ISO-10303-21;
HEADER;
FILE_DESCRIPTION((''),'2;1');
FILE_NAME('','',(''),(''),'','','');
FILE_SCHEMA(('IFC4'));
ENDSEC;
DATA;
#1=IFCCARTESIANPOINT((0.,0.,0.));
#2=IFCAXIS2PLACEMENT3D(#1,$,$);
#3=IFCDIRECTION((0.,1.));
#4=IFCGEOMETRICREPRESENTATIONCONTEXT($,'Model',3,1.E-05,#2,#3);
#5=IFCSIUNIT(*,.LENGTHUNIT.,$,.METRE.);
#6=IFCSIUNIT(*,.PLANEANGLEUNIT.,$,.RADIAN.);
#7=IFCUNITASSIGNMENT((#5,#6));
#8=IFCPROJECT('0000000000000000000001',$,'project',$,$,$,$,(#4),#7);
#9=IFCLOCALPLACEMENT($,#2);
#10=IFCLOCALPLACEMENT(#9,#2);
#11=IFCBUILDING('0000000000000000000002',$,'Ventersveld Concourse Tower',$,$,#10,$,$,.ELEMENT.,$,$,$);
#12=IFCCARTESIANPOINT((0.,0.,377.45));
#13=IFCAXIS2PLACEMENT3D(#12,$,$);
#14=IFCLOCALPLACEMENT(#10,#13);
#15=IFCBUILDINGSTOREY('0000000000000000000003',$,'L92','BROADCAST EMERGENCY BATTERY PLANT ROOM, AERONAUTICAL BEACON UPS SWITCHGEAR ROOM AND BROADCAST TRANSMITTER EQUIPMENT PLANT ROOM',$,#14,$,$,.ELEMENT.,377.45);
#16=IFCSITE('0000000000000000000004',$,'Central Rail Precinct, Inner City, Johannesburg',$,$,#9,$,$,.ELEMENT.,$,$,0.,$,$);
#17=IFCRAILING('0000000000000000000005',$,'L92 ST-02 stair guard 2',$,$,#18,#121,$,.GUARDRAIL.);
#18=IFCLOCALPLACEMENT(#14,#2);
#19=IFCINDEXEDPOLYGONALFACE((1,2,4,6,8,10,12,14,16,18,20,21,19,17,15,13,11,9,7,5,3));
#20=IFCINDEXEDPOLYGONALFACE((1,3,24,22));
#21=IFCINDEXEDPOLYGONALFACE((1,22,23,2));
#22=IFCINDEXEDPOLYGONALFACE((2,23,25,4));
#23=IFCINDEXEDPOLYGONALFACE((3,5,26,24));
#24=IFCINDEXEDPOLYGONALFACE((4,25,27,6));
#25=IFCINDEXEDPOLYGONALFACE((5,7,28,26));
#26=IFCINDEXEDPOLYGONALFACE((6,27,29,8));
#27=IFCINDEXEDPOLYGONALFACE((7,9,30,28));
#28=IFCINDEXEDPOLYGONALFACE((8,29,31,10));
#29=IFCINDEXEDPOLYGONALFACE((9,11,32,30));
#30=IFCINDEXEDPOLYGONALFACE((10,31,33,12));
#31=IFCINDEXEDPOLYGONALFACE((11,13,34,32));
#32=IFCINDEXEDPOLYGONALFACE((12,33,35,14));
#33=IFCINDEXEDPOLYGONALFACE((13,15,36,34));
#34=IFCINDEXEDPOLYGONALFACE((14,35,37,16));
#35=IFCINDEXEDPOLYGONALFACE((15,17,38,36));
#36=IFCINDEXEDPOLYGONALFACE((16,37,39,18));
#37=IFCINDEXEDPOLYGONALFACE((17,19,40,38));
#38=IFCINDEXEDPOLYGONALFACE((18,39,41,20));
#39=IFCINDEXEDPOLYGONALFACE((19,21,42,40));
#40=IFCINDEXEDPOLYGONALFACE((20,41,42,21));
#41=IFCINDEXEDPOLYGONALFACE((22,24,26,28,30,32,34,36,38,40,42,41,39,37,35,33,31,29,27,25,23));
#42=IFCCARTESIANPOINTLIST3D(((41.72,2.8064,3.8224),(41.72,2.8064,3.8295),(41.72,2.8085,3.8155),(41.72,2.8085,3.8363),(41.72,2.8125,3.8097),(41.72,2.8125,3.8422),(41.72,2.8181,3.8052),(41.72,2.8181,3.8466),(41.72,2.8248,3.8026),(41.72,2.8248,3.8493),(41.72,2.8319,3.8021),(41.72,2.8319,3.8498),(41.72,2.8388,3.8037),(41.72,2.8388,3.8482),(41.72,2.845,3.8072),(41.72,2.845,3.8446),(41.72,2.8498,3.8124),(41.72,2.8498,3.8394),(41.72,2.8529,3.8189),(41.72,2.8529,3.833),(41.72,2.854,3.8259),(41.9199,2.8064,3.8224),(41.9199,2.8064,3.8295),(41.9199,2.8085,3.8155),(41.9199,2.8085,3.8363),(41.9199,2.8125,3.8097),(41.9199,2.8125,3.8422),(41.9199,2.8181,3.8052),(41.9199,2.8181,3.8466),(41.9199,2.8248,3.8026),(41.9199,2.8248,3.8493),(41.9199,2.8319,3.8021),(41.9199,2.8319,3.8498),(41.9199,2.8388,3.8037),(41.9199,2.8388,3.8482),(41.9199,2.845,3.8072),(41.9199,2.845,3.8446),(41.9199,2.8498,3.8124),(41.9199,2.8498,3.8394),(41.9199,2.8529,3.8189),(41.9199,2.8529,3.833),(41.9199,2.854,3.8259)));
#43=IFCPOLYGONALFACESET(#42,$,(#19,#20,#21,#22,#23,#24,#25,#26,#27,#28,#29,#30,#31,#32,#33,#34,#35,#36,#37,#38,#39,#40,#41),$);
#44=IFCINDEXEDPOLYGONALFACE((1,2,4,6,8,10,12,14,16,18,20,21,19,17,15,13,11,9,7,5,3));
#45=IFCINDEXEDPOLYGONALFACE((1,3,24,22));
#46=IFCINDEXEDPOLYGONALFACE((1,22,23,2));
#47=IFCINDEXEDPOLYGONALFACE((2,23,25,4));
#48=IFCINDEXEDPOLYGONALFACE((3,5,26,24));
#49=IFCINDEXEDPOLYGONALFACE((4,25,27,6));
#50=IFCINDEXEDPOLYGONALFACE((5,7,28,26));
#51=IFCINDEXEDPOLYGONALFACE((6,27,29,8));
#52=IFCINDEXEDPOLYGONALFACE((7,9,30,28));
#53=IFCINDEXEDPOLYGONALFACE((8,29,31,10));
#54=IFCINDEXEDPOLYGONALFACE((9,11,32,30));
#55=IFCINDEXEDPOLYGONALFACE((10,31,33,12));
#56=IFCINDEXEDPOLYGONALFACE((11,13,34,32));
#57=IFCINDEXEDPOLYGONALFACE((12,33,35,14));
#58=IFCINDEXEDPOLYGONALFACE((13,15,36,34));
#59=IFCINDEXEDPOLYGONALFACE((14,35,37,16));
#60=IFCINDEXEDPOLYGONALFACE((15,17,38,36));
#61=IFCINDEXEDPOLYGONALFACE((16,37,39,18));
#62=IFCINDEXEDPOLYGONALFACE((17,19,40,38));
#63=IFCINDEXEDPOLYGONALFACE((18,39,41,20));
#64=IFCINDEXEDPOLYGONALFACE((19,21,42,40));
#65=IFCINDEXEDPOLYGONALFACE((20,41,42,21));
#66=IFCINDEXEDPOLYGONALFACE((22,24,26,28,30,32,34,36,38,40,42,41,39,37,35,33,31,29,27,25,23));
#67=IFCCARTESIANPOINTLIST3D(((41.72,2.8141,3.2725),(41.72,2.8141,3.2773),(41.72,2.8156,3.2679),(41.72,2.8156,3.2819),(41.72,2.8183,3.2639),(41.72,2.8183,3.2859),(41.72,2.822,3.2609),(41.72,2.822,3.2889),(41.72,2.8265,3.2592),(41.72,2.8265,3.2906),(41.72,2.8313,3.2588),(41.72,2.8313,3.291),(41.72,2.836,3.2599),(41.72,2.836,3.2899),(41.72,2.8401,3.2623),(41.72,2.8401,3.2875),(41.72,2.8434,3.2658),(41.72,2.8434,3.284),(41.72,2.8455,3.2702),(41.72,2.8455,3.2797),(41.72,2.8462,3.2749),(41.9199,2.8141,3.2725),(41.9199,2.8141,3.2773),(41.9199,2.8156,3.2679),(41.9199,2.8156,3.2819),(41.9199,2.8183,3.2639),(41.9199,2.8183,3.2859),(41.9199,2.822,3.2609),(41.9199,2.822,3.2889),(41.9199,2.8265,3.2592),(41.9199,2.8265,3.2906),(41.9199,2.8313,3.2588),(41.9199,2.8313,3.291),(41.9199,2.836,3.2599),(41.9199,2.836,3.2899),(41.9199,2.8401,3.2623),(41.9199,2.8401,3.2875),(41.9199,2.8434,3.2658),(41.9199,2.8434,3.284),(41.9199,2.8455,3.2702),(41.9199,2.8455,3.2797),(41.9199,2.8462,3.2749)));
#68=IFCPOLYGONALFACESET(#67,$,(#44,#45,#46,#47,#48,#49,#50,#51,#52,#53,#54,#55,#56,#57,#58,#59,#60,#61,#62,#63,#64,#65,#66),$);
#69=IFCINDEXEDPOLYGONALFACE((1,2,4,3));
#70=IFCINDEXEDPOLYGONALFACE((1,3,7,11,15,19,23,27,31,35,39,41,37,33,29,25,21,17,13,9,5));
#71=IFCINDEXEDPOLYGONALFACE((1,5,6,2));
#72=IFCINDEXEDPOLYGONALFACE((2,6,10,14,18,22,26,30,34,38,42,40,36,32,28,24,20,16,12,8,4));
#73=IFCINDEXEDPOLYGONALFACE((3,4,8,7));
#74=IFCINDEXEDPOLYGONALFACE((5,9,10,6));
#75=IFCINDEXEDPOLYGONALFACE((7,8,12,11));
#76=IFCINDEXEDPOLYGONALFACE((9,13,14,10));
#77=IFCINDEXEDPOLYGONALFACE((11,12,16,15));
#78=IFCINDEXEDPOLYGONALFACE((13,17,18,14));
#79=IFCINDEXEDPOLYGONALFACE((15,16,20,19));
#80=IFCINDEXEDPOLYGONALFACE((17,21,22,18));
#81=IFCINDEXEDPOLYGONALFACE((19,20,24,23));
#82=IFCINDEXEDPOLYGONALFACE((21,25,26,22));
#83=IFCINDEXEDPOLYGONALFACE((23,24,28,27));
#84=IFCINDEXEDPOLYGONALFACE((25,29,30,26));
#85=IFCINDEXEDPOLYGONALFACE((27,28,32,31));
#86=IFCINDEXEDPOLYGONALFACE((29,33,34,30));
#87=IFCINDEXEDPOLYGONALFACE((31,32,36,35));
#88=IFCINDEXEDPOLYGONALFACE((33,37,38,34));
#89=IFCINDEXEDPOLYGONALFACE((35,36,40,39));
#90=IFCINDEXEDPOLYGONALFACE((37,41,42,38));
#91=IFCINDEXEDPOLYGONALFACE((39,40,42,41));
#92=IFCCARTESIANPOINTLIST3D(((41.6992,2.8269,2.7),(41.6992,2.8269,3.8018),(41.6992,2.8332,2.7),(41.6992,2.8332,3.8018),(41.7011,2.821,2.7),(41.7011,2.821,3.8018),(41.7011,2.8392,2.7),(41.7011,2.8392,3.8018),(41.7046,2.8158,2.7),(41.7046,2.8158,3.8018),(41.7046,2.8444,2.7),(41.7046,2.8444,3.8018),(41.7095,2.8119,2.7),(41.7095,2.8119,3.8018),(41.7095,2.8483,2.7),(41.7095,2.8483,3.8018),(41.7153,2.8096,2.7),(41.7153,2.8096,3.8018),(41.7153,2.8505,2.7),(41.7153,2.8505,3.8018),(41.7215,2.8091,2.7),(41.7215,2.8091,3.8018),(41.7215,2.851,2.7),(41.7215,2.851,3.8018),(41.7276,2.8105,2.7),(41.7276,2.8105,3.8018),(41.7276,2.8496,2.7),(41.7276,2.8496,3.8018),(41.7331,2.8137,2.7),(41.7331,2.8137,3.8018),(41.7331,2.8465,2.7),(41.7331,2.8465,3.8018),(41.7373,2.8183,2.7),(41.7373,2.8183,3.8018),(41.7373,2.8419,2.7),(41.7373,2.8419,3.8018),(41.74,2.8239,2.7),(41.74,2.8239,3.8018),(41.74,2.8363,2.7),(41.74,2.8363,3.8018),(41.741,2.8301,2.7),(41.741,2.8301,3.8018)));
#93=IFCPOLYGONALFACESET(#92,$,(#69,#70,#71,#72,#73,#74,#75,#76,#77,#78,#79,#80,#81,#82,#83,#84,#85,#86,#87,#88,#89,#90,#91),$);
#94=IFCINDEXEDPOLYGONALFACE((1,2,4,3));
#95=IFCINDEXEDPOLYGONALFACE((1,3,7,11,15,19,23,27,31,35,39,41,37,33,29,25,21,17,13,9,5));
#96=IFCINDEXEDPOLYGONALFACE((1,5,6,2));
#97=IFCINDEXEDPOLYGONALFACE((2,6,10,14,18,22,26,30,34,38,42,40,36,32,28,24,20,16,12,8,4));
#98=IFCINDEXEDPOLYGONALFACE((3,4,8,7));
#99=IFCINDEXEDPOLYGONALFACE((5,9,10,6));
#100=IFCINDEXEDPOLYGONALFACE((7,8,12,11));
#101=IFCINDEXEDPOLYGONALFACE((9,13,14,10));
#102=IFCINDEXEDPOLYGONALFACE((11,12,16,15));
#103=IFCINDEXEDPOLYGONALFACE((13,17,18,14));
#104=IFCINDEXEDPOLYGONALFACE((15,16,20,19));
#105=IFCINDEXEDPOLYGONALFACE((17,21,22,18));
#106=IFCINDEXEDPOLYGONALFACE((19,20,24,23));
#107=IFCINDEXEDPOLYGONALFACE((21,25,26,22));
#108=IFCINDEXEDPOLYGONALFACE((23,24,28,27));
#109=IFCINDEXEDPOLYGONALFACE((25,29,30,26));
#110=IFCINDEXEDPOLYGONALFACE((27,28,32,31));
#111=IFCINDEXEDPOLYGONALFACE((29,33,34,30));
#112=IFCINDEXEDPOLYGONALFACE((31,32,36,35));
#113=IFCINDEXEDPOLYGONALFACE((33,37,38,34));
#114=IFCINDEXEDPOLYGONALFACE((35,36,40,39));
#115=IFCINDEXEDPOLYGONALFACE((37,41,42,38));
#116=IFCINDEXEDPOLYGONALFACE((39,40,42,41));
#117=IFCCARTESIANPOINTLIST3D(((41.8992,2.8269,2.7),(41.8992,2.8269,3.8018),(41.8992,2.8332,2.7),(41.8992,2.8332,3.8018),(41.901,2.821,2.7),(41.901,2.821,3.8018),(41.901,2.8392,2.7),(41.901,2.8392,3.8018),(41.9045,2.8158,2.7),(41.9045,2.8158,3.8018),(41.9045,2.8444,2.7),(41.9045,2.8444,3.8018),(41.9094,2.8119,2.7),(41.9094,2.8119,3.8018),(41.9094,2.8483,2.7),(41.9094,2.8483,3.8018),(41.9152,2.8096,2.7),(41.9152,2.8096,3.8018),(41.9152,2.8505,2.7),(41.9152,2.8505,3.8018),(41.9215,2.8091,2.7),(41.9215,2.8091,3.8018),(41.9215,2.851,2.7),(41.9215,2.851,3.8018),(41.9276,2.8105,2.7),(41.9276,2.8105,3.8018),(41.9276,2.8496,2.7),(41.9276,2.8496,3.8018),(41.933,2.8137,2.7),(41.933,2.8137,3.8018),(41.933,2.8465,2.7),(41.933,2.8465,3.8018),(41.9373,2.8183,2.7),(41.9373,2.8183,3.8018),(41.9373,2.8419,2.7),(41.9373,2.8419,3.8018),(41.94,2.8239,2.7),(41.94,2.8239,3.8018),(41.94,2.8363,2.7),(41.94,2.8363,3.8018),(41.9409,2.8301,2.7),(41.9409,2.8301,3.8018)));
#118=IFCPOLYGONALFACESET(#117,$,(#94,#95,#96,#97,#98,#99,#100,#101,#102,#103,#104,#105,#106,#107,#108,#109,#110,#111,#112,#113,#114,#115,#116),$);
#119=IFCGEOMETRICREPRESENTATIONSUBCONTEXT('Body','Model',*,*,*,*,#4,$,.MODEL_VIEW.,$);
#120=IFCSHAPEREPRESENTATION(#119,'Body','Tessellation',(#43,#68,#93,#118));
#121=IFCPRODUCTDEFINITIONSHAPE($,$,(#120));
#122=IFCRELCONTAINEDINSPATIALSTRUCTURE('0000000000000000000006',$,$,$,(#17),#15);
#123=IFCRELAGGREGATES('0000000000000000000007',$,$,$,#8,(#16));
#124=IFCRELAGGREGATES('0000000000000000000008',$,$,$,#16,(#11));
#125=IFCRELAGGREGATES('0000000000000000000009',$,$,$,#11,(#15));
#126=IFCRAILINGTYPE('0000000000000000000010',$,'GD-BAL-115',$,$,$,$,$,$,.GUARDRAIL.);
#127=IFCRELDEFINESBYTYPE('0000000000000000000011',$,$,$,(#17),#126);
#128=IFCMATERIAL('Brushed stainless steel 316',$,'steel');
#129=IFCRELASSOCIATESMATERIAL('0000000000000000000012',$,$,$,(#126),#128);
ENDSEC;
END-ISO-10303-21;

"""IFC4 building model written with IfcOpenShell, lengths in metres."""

from ifc_helpers import new_model, si_unit, direction, frame, origin, origin_2d, place, context, subcontext, project, spatial, circle, extrude, material, type_object, element, save


model = new_model("IFC4")

# Units and contexts
model_context = context("Model", 3, precision=1e-05, world=origin(), true_north=direction((0.0, 1.0)))
body_context = subcontext(model_context, "Body", "Model", "MODEL_VIEW")
ifc_project = project(units=[si_unit("LENGTHUNIT", "METRE"), si_unit("PLANEANGLEUNIT", "RADIAN")], contexts=[model_context])

# Site, building, storey
site_placement = place(None, origin())
site = spatial("IfcSite", under=ifc_project, at=site_placement, Name="Central Rail Precinct, Inner City, Johannesburg", CompositionType="ELEMENT", RefElevation=0.0)
building_placement = place(site_placement, origin())
building = spatial("IfcBuilding", under=site, at=building_placement, Name="Ventersveld Concourse Tower", CompositionType="ELEMENT")
storey_placement = place(building_placement, frame((0.0, 0.0, 377.45)))
storey = spatial("IfcBuildingStorey", under=building, at=storey_placement, Name="L92", Description="BROADCAST EMERGENCY BATTERY PLANT ROOM, AERONAUTICAL BEACON UPS SWITCHGEAR ROOM AND BROADCAST TRANSMITTER EQUIPMENT PLANT ROOM", CompositionType="ELEMENT", Elevation=377.45)

# Railing
ifc_material_1 = material(Name="Brushed stainless steel 316", Category="steel")
railing_type_1 = type_object("IfcRailingType", Name="GD-BAL-115", PredefinedType="GUARDRAIL", material=ifc_material_1)
railing_1_placement = place(storey_placement, frame((41.72, 2.8301, 2.7)))
element("IfcRailing", 1, at=railing_1_placement, inside=storey, type_object=railing_type_1, Name="L92 ST-02 stair guard 2", PredefinedType="GUARDRAIL", context=body_context, shape_type="SweptSolid", body=[
    extrude(circle(Radius=0.0239, at=origin_2d()), frame((0.0, 0.0, 1.126), z_axis=(1.0, 0.0, 0.0), x_axis=(0.0, 1.0, 0.0)), (0.0, 0.0, 1.0), 0.2),
    extrude(circle(Radius=0.0161, at=origin_2d()), frame((0.0, 0.0, 0.575), z_axis=(1.0, 0.0, 0.0), x_axis=(0.0, 1.0, 0.0)), (0.0, 0.0, 1.0), 0.2),
    extrude(circle(Radius=0.021, at=origin_2d()), origin(), (0.0, 0.0, 1.0), 1.1018),
    extrude(circle(Radius=0.021, at=origin_2d()), frame((0.2, 0.0, 0.0)), (0.0, 0.0, 1.0), 1.1018),
])

save(model, "model.ifc")
